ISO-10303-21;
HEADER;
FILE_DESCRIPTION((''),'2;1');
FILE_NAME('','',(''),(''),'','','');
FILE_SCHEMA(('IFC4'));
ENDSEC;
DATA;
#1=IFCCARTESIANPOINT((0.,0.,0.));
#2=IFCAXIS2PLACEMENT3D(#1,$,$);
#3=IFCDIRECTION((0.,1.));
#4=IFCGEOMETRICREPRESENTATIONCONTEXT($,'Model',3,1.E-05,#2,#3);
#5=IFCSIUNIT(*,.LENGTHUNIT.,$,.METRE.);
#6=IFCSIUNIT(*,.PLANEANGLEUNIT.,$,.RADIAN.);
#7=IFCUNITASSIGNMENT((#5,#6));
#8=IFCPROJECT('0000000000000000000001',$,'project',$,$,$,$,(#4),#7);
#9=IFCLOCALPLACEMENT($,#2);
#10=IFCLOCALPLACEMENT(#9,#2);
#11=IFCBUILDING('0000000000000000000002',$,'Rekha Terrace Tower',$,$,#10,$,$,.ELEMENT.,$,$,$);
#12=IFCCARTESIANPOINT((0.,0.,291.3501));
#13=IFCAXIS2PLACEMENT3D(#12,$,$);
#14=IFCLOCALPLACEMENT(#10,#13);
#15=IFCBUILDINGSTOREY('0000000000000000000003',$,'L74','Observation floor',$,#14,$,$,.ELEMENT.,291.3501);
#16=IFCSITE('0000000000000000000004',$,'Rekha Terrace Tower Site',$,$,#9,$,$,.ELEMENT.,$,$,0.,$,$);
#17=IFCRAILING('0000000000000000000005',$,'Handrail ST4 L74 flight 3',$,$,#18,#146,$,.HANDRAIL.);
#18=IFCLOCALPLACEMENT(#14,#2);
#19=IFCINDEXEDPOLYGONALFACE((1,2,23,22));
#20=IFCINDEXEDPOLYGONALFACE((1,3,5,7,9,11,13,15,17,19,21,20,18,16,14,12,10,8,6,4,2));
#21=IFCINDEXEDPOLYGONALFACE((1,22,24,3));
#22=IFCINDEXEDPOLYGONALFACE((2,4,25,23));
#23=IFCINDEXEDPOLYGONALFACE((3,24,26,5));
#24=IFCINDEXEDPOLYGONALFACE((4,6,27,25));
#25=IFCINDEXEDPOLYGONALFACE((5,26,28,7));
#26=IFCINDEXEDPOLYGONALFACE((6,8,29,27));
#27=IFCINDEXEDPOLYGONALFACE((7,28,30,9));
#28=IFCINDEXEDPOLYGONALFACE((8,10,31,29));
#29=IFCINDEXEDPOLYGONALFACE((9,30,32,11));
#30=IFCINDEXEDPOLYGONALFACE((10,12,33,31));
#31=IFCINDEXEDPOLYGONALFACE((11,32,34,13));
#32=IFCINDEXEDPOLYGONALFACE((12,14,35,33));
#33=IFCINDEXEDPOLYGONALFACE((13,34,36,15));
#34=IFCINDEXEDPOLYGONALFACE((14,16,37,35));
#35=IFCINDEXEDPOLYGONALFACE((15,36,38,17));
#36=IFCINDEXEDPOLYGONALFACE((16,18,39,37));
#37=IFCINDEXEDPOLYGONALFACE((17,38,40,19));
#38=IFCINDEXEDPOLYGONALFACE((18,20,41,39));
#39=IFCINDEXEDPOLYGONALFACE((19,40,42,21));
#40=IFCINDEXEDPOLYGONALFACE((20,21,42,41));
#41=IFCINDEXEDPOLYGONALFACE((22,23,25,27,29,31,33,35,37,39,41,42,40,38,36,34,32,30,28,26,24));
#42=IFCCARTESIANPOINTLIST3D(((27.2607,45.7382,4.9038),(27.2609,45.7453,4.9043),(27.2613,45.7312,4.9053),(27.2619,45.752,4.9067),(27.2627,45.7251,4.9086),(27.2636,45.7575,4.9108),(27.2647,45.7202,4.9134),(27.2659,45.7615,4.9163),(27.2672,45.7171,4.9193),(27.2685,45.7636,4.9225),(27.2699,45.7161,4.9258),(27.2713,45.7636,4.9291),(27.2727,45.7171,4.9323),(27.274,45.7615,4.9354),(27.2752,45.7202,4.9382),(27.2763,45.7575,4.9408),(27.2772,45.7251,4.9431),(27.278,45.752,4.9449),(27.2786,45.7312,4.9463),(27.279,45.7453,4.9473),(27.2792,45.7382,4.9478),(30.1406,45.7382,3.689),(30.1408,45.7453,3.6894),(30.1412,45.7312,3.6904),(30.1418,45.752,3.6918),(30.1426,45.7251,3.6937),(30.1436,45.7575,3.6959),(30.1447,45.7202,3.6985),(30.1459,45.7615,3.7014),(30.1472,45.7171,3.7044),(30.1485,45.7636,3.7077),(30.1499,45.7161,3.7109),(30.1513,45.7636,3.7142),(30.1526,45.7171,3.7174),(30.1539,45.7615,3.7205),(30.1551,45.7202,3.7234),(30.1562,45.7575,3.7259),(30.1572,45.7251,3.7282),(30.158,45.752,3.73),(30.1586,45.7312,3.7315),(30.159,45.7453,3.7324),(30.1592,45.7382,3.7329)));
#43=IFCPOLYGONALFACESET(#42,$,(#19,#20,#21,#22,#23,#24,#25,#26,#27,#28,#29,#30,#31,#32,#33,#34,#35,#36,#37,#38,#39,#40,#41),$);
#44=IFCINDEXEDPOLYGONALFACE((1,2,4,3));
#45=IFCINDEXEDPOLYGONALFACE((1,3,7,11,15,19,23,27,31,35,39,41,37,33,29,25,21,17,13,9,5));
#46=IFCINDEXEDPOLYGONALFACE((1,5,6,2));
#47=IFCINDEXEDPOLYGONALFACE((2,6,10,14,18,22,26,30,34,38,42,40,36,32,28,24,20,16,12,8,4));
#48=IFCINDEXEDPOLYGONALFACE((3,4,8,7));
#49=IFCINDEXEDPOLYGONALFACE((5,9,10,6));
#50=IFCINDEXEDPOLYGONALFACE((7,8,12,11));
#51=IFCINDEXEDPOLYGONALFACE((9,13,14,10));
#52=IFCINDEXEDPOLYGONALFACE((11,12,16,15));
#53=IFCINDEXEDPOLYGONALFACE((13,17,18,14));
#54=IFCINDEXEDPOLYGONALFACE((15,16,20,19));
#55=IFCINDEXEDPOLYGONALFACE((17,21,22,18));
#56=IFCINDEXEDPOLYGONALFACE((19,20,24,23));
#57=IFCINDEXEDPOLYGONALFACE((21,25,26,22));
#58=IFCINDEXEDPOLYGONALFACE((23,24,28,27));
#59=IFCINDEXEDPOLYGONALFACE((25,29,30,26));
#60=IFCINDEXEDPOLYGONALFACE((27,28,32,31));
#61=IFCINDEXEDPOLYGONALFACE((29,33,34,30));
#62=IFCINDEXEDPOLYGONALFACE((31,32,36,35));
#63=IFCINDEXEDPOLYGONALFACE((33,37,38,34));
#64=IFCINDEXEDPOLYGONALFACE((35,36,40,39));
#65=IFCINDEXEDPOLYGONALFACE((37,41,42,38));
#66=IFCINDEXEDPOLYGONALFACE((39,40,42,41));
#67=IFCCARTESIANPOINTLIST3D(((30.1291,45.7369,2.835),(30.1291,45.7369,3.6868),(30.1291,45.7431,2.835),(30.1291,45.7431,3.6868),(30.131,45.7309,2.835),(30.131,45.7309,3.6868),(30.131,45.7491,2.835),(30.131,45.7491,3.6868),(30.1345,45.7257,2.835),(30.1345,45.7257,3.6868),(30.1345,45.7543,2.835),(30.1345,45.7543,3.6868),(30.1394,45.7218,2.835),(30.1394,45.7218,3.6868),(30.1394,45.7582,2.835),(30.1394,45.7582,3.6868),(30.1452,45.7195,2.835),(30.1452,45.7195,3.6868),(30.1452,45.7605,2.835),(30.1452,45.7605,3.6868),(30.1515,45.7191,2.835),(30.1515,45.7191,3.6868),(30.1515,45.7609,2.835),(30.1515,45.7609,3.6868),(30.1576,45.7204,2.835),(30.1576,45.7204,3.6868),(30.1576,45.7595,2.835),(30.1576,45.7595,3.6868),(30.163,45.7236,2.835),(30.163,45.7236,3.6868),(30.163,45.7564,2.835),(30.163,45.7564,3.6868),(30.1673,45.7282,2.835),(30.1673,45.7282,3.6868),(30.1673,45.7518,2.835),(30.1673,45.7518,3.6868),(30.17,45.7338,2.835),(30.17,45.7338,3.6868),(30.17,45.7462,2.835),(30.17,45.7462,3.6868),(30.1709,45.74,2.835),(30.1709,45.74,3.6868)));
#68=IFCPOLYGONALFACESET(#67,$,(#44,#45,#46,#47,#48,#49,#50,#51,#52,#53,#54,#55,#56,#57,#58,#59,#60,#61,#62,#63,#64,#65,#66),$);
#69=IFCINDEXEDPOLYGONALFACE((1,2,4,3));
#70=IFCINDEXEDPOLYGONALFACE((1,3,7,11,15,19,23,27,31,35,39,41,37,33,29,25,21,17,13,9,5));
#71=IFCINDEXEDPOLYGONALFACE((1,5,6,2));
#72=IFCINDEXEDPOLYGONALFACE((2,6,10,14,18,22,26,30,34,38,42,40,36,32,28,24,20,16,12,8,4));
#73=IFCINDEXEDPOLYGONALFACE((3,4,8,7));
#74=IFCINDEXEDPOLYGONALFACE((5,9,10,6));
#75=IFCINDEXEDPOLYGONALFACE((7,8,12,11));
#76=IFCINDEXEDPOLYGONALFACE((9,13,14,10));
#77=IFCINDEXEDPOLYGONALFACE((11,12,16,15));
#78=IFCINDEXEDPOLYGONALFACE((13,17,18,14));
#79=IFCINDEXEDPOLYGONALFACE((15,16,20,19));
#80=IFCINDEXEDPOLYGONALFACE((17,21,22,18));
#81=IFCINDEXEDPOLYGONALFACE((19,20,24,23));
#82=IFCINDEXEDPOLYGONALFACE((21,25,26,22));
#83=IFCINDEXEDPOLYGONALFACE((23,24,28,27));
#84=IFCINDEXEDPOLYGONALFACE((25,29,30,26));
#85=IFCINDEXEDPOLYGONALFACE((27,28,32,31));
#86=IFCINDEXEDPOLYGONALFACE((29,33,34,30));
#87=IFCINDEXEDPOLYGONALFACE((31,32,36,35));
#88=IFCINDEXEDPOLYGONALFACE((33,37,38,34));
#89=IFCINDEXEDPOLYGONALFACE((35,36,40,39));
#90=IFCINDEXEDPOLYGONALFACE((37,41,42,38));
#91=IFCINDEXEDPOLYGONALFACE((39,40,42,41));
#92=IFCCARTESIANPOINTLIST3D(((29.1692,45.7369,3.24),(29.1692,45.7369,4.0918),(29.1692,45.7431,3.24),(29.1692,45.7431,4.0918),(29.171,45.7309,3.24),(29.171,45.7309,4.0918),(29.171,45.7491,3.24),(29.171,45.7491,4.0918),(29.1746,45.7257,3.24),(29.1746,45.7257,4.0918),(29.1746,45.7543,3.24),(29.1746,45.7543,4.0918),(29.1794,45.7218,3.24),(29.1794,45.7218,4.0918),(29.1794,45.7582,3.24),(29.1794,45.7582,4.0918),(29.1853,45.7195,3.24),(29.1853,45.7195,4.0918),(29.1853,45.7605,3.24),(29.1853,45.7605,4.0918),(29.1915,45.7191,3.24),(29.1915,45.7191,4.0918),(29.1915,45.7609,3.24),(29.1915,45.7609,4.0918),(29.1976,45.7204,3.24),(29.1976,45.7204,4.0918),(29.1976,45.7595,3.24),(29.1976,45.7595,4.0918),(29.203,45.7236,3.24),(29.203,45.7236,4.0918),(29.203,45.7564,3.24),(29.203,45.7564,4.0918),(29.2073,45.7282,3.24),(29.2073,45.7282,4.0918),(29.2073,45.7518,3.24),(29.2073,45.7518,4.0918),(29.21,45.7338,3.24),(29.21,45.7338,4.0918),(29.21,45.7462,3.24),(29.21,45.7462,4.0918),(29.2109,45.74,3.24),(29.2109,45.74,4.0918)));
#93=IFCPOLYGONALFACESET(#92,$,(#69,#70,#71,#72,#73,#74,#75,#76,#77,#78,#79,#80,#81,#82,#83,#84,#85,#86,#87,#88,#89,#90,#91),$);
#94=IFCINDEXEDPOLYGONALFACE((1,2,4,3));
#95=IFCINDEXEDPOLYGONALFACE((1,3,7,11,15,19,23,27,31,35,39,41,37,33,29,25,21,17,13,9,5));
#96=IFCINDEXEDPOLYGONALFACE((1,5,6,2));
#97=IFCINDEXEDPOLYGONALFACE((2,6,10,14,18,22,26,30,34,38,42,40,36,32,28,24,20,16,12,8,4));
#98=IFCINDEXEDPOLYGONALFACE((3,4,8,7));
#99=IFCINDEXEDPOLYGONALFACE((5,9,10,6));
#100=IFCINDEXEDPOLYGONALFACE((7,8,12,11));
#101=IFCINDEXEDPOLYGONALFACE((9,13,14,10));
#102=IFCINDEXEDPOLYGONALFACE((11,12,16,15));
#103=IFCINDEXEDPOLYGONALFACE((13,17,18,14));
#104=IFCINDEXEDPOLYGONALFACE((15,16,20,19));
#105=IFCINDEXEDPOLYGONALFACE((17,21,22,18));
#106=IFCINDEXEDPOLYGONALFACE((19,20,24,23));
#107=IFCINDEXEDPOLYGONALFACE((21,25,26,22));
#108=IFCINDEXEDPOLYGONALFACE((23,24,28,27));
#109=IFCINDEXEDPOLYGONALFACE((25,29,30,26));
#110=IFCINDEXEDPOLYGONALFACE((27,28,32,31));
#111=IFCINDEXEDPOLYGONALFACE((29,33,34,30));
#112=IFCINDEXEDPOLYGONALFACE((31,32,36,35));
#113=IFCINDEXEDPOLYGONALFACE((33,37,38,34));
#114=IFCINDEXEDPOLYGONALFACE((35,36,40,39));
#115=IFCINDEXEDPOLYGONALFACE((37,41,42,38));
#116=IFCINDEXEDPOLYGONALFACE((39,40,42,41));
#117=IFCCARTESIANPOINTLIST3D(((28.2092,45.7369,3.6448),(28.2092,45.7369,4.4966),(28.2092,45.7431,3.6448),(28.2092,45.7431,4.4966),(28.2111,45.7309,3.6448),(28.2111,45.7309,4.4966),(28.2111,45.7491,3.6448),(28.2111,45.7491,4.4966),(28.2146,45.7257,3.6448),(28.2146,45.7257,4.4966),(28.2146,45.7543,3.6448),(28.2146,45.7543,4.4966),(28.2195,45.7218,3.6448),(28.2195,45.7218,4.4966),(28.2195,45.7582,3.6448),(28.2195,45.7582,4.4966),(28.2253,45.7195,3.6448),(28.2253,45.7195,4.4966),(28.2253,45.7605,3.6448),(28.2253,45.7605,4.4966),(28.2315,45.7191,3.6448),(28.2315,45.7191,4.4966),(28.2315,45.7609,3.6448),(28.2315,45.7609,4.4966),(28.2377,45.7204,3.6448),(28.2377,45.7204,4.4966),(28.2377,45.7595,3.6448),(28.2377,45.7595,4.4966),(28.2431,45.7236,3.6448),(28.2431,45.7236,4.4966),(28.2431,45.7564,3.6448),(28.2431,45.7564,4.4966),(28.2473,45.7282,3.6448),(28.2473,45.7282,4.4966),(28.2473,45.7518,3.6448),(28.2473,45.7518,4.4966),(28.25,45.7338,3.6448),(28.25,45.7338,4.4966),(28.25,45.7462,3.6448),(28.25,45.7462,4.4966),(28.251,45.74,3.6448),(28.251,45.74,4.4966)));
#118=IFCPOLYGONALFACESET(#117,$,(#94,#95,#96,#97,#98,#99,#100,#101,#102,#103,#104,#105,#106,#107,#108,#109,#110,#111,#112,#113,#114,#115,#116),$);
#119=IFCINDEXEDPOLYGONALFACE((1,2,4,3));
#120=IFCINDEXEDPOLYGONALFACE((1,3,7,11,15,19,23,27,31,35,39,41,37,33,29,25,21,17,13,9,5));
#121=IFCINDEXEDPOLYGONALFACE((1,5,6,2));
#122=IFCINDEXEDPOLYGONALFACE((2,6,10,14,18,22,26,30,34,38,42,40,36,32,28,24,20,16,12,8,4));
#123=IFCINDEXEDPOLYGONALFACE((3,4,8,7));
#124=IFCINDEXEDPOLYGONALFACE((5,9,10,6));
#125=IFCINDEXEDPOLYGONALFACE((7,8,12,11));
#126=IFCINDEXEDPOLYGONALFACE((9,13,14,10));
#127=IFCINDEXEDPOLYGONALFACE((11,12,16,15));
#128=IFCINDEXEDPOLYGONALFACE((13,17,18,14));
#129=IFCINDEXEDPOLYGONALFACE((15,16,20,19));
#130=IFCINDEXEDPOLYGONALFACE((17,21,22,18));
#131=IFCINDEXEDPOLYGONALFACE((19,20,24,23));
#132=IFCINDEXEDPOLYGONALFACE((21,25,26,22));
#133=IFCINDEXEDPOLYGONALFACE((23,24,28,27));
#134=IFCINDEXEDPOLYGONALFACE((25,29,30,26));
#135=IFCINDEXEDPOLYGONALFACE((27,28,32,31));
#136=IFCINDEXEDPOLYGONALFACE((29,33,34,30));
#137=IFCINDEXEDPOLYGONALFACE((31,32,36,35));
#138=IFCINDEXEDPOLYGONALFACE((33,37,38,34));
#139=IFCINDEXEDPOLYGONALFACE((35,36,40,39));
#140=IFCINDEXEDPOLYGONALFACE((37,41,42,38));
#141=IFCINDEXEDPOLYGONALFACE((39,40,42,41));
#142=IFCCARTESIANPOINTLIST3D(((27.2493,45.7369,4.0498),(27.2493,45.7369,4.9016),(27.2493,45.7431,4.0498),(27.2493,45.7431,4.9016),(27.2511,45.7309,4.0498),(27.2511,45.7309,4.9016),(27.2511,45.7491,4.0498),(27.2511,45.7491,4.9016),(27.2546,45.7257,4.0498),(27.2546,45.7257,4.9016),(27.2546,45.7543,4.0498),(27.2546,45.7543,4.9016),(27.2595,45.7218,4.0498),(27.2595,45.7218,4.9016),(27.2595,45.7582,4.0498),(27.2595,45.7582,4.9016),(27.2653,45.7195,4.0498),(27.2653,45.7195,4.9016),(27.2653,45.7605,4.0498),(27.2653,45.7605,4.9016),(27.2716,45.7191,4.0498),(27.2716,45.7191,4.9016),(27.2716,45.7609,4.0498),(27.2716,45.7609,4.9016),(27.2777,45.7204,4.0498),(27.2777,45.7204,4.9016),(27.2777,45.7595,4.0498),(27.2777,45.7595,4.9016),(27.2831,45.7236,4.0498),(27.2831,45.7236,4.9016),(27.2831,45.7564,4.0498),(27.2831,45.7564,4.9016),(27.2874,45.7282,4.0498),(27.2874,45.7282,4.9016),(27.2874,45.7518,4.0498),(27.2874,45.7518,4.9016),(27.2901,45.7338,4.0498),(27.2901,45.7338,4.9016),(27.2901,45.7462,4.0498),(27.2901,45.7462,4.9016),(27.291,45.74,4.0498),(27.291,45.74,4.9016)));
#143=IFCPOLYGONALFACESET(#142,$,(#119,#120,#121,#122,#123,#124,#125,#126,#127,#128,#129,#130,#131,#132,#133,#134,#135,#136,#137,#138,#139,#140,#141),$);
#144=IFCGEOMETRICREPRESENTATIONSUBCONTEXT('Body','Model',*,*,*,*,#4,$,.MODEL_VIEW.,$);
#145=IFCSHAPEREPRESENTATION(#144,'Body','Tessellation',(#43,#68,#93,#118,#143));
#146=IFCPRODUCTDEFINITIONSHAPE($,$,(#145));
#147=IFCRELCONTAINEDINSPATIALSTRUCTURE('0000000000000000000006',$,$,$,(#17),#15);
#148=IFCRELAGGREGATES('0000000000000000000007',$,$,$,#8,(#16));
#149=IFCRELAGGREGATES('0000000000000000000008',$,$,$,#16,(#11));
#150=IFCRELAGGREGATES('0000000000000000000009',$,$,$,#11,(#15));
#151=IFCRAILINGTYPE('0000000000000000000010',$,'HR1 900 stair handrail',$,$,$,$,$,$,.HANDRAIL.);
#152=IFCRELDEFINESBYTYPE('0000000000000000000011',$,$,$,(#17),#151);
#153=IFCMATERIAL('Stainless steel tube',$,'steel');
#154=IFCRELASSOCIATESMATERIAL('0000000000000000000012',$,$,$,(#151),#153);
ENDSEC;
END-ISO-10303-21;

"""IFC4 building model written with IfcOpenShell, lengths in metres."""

from ifc_helpers import new_model, si_unit, direction, frame, origin, origin_2d, place, context, subcontext, project, spatial, circle, extrude, material, type_object, element, save


model = new_model("IFC4")

# Units and contexts
model_context = context("Model", 3, precision=1e-05, world=origin(), true_north=direction((0.0, 1.0)))
body_context = subcontext(model_context, "Body", "Model", "MODEL_VIEW")
ifc_project = project(units=[si_unit("LENGTHUNIT", "METRE"), si_unit("PLANEANGLEUNIT", "RADIAN")], contexts=[model_context])

# Site, building, storey
site_placement = place(None, origin())
site = spatial("IfcSite", under=ifc_project, at=site_placement, Name="Rekha Terrace Tower Site", CompositionType="ELEMENT", RefElevation=0.0)
building_placement = place(site_placement, origin())
building = spatial("IfcBuilding", under=site, at=building_placement, Name="Rekha Terrace Tower", CompositionType="ELEMENT")
storey_placement = place(building_placement, frame((0.0, 0.0, 291.3501)))
storey = spatial("IfcBuildingStorey", under=building, at=storey_placement, Name="L74", Description="Observation floor", CompositionType="ELEMENT", Elevation=291.3501)

# Railing
ifc_material_1 = material(Name="Stainless steel tube", Category="steel")
railing_type_1 = type_object("IfcRailingType", Name="HR1 900 stair handrail", PredefinedType="HANDRAIL", material=ifc_material_1)
railing_1_placement = place(storey_placement, frame((30.1499, 45.74, 2.835)))
element("IfcRailing", 1, at=railing_1_placement, inside=storey, type_object=railing_type_1, Name="Handrail ST4 L74 flight 3", PredefinedType="HANDRAIL", context=body_context, shape_type="SweptSolid", body=[
    extrude(circle(Radius=0.0239, at=origin_2d()), frame((0.0, 0.0, 0.876), z_axis=(-0.921376, 0.0, 0.388671), x_axis=(0.0, -1.0, 0.0)), (0.0, 0.0, 1.0), 3.1257),
    extrude(circle(Radius=0.021, at=origin_2d()), origin(), (0.0, 0.0, 1.0), 0.8518),
    extrude(circle(Radius=0.021, at=origin_2d()), frame((-0.96, 0.0, 0.405)), (0.0, 0.0, 1.0), 0.8518),
    extrude(circle(Radius=0.021, at=origin_2d()), frame((-1.9199, 0.0, 0.8098)), (0.0, 0.0, 1.0), 0.8518),
    extrude(circle(Radius=0.021, at=origin_2d()), frame((-2.8799, 0.0, 1.2148)), (0.0, 0.0, 1.0), 0.8518),
])

save(model, "model.ifc")
